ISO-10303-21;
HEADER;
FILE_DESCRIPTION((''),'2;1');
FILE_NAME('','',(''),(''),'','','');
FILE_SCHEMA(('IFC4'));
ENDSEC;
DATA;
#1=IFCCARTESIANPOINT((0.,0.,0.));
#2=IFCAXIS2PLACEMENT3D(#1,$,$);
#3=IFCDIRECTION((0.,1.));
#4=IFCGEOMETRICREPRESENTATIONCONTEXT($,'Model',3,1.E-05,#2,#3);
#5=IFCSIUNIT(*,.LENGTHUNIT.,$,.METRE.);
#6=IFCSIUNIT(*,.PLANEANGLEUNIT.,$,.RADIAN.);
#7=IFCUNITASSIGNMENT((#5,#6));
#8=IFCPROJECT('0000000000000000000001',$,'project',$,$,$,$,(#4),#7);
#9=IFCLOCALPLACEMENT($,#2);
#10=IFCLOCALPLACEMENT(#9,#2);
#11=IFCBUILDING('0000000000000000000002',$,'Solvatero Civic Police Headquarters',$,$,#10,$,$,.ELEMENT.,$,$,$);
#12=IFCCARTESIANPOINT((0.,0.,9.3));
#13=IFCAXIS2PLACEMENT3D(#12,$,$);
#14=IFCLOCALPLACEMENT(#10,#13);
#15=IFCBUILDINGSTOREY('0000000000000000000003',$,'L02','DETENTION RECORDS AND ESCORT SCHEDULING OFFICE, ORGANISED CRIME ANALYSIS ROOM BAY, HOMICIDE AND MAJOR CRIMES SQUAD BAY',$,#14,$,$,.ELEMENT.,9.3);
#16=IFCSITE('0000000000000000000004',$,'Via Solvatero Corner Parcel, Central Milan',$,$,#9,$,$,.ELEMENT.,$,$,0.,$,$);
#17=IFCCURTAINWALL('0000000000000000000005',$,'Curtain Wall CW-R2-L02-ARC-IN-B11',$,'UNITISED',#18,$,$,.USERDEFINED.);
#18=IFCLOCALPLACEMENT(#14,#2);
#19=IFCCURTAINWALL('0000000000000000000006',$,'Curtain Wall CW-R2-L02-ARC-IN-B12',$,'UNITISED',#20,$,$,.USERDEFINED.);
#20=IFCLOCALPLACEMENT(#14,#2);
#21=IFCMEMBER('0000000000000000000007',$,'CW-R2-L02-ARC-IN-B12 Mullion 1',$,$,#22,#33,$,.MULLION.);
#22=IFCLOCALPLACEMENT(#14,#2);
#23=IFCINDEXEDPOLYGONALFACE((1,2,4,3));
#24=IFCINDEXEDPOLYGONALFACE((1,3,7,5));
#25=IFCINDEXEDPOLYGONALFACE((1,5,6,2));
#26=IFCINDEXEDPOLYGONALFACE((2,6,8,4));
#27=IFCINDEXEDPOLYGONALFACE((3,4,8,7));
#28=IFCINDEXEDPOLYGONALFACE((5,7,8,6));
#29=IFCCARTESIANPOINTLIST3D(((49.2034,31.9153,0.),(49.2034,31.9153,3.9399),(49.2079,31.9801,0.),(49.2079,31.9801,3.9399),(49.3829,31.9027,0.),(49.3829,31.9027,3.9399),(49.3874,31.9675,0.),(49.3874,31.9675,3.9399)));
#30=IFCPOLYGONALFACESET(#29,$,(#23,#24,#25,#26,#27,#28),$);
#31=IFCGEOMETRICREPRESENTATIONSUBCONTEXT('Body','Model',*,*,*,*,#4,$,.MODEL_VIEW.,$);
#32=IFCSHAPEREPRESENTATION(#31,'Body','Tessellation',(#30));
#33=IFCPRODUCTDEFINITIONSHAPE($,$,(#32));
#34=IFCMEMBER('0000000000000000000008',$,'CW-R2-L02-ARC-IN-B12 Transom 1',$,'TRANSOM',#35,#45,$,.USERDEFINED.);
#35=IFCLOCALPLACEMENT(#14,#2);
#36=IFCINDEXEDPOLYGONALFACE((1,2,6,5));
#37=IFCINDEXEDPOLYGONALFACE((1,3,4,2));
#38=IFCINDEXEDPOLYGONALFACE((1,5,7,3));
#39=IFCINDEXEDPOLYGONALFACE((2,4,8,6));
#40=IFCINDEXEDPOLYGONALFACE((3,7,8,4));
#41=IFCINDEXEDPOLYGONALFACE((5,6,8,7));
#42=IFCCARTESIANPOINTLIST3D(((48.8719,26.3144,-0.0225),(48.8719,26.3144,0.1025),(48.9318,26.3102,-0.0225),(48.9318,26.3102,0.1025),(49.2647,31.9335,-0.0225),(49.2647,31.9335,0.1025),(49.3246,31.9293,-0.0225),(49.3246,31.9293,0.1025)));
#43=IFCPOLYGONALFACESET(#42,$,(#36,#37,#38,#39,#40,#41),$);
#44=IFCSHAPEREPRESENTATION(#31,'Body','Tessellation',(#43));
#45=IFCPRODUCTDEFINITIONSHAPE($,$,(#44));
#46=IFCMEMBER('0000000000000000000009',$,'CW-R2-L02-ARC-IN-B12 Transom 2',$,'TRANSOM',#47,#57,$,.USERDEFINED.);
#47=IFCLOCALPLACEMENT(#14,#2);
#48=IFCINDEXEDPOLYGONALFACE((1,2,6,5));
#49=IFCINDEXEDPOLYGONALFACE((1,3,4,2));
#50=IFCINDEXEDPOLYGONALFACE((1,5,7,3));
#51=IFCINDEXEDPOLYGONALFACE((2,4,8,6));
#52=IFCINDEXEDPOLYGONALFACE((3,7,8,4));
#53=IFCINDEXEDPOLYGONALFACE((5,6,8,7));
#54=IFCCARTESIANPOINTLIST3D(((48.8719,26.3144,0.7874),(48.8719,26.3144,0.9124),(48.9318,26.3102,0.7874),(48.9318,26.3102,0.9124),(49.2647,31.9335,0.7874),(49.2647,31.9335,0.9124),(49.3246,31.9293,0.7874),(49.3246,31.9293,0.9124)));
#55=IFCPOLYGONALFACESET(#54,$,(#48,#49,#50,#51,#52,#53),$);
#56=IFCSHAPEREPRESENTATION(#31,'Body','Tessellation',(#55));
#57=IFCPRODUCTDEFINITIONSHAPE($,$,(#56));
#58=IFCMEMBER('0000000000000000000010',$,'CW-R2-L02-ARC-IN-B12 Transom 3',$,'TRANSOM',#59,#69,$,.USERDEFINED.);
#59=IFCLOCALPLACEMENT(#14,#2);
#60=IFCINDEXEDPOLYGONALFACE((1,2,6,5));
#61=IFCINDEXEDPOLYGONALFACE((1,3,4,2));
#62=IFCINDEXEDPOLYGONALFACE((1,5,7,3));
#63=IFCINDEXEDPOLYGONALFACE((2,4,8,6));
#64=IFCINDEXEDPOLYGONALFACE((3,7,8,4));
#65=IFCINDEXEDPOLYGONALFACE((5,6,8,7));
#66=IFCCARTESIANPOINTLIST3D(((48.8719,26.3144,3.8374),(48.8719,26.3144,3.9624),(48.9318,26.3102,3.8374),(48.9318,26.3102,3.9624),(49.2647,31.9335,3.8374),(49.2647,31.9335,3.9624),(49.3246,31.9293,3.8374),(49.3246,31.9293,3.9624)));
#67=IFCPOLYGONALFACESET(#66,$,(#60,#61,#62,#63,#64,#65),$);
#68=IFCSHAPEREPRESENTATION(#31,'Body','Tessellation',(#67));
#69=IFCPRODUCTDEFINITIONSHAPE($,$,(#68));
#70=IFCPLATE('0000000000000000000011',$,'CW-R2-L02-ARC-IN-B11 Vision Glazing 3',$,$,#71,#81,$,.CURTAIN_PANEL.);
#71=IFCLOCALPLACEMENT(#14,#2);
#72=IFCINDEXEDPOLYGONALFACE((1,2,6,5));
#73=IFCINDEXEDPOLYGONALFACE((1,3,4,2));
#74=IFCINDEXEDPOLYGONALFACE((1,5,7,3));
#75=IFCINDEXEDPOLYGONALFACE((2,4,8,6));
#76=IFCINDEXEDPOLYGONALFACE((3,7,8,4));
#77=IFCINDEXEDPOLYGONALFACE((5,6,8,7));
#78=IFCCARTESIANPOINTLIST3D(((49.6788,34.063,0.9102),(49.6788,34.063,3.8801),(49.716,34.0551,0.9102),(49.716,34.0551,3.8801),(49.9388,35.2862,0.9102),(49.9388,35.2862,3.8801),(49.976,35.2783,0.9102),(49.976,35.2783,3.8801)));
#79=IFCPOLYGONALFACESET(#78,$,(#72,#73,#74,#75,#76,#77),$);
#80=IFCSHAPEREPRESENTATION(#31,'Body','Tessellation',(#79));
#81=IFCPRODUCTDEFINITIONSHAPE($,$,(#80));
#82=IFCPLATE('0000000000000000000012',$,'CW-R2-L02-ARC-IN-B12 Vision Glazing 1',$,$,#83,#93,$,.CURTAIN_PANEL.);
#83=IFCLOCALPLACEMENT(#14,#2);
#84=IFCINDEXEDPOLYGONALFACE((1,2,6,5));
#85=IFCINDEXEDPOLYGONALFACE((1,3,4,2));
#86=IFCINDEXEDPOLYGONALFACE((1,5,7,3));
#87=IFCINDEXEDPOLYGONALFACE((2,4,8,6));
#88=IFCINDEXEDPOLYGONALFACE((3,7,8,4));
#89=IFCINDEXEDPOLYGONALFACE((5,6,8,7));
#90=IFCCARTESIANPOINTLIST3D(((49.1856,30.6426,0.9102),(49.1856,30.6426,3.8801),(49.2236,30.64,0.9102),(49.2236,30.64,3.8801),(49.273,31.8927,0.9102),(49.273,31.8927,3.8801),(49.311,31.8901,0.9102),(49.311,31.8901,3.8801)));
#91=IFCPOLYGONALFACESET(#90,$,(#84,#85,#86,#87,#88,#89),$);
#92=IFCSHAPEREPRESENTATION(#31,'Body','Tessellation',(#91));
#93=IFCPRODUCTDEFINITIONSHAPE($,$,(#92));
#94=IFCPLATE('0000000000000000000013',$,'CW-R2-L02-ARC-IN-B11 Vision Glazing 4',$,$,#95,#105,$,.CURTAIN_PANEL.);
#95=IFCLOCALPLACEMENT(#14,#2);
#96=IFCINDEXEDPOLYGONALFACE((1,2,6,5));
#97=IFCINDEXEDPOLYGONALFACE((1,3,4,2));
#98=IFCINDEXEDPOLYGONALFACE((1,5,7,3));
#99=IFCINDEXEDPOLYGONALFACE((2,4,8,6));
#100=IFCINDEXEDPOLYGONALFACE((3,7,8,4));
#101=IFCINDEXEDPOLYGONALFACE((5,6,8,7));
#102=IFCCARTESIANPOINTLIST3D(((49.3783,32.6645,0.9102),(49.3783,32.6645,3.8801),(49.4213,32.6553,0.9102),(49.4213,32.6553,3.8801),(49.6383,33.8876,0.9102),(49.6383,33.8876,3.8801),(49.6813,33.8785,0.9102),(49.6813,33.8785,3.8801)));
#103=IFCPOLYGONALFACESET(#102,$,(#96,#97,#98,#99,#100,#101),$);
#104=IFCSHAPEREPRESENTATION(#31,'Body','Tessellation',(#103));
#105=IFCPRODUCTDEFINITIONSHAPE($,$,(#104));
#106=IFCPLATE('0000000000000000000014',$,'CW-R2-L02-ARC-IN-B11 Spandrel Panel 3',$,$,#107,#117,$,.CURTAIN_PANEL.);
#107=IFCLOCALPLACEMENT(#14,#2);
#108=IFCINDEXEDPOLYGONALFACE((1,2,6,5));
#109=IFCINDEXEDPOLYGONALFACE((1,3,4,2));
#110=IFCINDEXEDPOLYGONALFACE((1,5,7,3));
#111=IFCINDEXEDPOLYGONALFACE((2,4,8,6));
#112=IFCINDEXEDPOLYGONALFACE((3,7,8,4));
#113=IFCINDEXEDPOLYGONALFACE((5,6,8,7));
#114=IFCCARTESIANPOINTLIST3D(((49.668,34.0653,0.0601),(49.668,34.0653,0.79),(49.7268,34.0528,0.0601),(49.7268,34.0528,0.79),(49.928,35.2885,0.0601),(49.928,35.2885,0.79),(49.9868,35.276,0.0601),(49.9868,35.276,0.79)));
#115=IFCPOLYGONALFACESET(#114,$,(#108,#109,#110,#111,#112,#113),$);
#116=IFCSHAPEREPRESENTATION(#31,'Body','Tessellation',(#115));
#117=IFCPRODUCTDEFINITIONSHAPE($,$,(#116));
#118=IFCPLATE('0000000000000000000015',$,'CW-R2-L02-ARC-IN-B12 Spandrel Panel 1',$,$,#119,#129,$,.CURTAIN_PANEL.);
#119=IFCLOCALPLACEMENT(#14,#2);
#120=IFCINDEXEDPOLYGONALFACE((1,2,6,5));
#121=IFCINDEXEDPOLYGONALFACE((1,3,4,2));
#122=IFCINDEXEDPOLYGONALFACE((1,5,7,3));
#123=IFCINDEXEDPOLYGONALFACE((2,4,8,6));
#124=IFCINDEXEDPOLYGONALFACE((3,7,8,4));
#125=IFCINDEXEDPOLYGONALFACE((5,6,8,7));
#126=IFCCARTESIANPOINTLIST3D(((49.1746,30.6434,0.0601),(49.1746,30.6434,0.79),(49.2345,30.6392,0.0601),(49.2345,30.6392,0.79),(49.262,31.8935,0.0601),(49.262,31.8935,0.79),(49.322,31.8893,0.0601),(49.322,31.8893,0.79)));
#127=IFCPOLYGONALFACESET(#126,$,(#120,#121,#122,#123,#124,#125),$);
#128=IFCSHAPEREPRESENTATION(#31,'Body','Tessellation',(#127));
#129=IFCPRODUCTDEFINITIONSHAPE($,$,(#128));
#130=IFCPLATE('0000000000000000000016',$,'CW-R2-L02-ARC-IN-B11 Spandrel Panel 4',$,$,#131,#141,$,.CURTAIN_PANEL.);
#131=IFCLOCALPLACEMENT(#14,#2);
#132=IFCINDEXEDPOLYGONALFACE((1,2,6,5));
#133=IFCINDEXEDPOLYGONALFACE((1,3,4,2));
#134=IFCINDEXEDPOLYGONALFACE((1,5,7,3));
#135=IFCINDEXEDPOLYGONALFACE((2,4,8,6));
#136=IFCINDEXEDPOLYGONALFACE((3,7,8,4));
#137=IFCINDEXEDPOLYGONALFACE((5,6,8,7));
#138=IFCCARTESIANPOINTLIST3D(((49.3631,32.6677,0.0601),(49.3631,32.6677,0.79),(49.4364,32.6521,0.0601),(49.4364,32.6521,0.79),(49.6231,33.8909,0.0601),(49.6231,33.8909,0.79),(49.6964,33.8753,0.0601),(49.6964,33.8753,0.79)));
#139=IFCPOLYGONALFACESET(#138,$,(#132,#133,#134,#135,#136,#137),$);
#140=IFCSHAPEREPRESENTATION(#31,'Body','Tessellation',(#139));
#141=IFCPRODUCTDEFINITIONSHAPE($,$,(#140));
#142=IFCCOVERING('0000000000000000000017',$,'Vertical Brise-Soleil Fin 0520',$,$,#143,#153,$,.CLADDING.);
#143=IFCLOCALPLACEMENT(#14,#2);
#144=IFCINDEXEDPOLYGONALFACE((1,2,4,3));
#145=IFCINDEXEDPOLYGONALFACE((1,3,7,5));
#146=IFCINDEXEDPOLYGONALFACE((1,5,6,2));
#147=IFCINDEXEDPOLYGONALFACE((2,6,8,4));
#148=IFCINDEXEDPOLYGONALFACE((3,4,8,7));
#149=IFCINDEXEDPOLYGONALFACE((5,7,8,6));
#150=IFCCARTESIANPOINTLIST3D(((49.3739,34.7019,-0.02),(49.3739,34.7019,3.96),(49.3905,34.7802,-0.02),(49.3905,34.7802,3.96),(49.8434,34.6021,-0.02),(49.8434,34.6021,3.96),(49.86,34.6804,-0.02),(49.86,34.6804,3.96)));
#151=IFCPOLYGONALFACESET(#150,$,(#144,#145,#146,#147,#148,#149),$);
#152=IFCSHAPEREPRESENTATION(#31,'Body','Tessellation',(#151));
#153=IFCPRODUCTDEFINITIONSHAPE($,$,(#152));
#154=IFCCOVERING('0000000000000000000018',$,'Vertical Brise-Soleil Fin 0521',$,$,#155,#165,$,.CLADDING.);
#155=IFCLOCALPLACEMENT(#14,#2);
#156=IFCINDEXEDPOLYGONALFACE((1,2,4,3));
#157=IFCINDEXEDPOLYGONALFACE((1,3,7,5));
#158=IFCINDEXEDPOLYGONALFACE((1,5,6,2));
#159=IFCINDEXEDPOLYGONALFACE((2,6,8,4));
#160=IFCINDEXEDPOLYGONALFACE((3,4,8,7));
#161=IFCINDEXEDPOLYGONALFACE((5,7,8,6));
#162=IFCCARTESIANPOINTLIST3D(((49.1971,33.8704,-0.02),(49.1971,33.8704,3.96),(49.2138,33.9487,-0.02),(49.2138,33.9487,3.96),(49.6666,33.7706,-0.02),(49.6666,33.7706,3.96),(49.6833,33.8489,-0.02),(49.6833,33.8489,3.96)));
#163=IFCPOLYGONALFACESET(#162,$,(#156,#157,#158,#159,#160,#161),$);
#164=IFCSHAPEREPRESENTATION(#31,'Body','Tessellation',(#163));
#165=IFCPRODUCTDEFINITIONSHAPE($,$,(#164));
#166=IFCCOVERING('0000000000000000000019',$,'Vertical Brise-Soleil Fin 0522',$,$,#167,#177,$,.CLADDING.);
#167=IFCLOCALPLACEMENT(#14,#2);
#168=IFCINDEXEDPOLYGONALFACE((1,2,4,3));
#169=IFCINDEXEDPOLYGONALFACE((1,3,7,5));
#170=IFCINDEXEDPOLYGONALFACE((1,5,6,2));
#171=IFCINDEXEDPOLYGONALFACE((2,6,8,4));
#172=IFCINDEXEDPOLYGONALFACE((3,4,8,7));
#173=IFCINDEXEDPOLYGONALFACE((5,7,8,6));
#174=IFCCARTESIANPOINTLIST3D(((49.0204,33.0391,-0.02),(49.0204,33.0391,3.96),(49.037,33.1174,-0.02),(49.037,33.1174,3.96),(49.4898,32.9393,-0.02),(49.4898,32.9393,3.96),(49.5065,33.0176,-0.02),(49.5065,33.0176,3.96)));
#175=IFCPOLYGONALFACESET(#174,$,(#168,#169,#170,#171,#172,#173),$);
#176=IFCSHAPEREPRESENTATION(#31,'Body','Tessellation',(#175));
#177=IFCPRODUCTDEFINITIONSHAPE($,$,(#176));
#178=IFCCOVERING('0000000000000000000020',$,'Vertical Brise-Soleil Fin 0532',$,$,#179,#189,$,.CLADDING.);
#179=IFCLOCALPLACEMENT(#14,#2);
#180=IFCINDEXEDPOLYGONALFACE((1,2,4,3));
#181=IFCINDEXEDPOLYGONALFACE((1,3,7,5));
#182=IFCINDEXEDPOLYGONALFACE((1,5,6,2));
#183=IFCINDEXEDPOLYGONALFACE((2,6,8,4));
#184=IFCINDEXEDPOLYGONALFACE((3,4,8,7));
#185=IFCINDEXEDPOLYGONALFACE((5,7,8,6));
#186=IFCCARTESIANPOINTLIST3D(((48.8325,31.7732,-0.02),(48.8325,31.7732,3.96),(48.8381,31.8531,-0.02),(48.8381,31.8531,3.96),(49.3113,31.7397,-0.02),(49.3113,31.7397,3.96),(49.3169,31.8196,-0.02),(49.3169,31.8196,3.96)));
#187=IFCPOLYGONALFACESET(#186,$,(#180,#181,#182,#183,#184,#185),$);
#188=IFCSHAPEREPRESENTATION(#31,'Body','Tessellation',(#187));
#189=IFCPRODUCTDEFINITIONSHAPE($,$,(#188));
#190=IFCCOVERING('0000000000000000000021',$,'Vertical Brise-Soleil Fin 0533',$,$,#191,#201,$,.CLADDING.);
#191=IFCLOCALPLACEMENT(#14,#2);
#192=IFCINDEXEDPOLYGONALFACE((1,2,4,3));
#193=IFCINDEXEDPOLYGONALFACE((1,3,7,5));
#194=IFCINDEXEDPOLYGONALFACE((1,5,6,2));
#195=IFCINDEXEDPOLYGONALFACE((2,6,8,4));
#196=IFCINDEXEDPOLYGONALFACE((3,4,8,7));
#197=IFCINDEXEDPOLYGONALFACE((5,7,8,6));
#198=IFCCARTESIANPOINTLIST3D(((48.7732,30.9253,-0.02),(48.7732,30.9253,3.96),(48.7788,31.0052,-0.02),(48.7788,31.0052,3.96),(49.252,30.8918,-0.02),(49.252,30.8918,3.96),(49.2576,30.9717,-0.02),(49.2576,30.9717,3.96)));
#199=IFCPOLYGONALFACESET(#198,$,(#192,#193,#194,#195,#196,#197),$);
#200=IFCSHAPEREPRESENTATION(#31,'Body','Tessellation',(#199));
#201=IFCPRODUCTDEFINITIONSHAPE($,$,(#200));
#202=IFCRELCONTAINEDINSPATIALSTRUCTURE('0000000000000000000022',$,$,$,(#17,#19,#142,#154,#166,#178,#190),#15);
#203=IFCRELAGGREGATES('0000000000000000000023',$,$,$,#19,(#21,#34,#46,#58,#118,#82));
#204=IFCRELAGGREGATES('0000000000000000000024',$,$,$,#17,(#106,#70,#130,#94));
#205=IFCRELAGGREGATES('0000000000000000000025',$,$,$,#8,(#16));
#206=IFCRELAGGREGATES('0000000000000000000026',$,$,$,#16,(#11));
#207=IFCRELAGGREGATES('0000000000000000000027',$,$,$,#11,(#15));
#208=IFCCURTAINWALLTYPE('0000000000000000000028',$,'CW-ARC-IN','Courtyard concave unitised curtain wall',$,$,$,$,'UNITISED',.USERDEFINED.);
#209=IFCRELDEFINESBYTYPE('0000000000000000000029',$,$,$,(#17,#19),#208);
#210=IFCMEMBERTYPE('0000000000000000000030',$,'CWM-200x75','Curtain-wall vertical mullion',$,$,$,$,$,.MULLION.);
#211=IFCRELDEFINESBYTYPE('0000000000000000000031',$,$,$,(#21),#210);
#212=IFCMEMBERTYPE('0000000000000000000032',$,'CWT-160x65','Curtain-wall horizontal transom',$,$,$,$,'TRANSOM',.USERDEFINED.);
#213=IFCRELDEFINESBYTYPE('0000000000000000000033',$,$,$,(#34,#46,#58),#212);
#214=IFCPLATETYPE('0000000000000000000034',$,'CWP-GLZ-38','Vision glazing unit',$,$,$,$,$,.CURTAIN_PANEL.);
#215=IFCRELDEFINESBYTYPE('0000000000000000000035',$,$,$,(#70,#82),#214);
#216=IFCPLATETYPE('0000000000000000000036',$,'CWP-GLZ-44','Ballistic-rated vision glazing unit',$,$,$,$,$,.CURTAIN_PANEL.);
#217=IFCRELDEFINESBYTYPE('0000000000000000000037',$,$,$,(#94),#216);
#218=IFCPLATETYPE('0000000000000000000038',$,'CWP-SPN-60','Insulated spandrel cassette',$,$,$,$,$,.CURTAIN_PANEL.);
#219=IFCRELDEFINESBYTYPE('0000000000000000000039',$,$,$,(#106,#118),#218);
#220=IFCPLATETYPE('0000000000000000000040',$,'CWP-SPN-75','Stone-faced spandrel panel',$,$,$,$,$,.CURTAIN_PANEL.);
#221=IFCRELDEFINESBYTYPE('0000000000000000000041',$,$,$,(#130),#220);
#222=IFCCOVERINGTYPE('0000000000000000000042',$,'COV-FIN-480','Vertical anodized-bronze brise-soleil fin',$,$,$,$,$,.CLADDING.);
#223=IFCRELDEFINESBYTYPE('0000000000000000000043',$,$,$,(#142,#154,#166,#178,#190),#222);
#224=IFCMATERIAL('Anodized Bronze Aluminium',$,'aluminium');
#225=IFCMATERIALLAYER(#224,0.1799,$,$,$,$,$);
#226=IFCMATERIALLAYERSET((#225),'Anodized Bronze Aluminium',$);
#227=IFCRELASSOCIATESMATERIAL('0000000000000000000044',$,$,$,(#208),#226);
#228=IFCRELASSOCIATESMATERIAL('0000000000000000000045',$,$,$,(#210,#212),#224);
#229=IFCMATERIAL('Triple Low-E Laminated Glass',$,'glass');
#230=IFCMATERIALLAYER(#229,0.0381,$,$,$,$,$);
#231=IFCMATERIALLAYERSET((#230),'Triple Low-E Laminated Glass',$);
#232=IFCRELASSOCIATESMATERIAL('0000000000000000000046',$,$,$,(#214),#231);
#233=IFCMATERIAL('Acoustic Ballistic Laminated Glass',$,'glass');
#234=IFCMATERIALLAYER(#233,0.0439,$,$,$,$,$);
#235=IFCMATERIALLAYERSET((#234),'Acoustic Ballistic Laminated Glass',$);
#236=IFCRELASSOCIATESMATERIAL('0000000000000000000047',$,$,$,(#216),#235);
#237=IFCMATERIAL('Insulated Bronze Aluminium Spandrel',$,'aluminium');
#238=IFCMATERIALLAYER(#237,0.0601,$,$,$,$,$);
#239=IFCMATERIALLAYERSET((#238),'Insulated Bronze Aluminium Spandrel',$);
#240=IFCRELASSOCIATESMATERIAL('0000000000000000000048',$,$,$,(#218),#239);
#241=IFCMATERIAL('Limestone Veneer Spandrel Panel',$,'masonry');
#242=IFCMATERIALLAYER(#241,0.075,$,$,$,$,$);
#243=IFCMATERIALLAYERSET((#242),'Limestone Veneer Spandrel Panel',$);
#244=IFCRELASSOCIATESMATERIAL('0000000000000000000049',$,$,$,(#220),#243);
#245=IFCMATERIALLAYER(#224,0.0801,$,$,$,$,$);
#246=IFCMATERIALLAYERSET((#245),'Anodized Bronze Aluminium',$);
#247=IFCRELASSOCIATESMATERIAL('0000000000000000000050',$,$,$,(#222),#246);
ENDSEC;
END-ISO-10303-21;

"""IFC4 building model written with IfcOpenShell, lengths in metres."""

from ifc_helpers import new_model, si_unit, direction, frame, origin, origin_2d, place, context, subcontext, project, spatial, rectangle, extrude, material, layer, layer_set, material_profile, profile_set, type_object, element, aggregate, save


model = new_model("IFC4")

# Units and contexts
model_context = context("Model", 3, precision=1e-05, world=origin(), true_north=direction((0.0, 1.0)))
body_context = subcontext(model_context, "Body", "Model", "MODEL_VIEW")
ifc_project = project(units=[si_unit("LENGTHUNIT", "METRE"), si_unit("PLANEANGLEUNIT", "RADIAN")], contexts=[model_context])

# Site, building, storey
site_placement = place(None, origin())
site = spatial("IfcSite", under=ifc_project, at=site_placement, Name="Via Solvatero Corner Parcel, Central Milan", CompositionType="ELEMENT", RefElevation=0.0)
building_placement = place(site_placement, origin())
building = spatial("IfcBuilding", under=site, at=building_placement, Name="Solvatero Civic Police Headquarters", CompositionType="ELEMENT")
storey_placement = place(building_placement, frame((0.0, 0.0, 9.3)))
storey = spatial("IfcBuildingStorey", under=building, at=storey_placement, Name="L02", Description="DETENTION RECORDS AND ESCORT SCHEDULING OFFICE, ORGANISED CRIME ANALYSIS ROOM BAY, HOMICIDE AND MAJOR CRIMES SQUAD BAY", CompositionType="ELEMENT", Elevation=9.3)

# Curtain walls, members
ifc_material_1 = material(Name="Anodized Bronze Aluminium", Category="aluminium")
ifc_layer_1 = layer(ifc_material_1, 0.1799)
ifc_layer_set_1 = layer_set([ifc_layer_1], Name="Anodized Bronze Aluminium")
curtain_wall_type = type_object("IfcCurtainWallType", Name="CW-ARC-IN", Description="Courtyard concave unitised curtain wall", ElementType="UNITISED", PredefinedType="USERDEFINED", material=ifc_layer_set_1)
curtain_wall_1_placement = place(storey_placement, origin())
curtain_wall_1 = element("IfcCurtainWall", 1, at=curtain_wall_1_placement, inside=storey, type_object=curtain_wall_type, Name="Curtain Wall CW-R2-L02-ARC-IN-B11", ObjectType="UNITISED", PredefinedType="USERDEFINED")
curtain_wall_2_placement = place(storey_placement, origin())
curtain_wall_2 = element("IfcCurtainWall", 2, at=curtain_wall_2_placement, inside=storey, type_object=curtain_wall_type, Name="Curtain Wall CW-R2-L02-ARC-IN-B12", ObjectType="UNITISED", PredefinedType="USERDEFINED")
ifc_material_profile_1 = material_profile(ifc_material_1, rectangle(XDim=0.0649, YDim=0.1799, at=origin_2d()), Name="ALU MULLION 65x180")
ifc_profile_set_1 = profile_set([ifc_material_profile_1], Name="Anodized Bronze Aluminium")
member_type_1 = type_object("IfcMemberType", Name="CWM-200x75", Description="Curtain-wall vertical mullion", PredefinedType="MULLION", material=ifc_profile_set_1)
member_1_placement = place(storey_placement, frame((49.2954, 31.9414, 0.0), z_axis=(0.0, 0.0, 1.0), x_axis=(-0.069756, -0.997564, 0.0)))
member_1 = element("IfcMember", 3, at=member_1_placement, type_object=member_type_1, Name="CW-R2-L02-ARC-IN-B12 Mullion 1", PredefinedType="MULLION", context=body_context, shape_type="SweptSolid", body=[
    extrude(rectangle(XDim=0.0649, YDim=0.1799, at=origin_2d()), origin(), (0.0, 0.0, 1.0), 3.9399),
])
ifc_material_profile_2 = material_profile(ifc_material_1, rectangle(XDim=0.0601, YDim=0.125, at=origin_2d()), Name="ALU TRANSOM 60x125")
ifc_profile_set_2 = profile_set([ifc_material_profile_2], Name="Anodized Bronze Aluminium")
member_type_2 = type_object("IfcMemberType", Name="CWT-160x65", Description="Curtain-wall horizontal transom", ElementType="TRANSOM", PredefinedType="USERDEFINED", material=ifc_profile_set_2)
member_2_placement = place(storey_placement, frame((49.2947, 31.9314, 0.04), z_axis=(-0.069738, -0.997565, 0.0), x_axis=(0.997565, -0.069738, 0.0)))
member_2 = element("IfcMember", 4, at=member_2_placement, type_object=member_type_2, Name="CW-R2-L02-ARC-IN-B12 Transom 1", ObjectType="TRANSOM", PredefinedType="USERDEFINED", context=body_context, shape_type="SweptSolid", body=[
    extrude(rectangle(XDim=0.0601, YDim=0.125, at=origin_2d()), origin(), (0.0, 0.0, 1.0), 5.6328),
])
member_3_placement = place(storey_placement, frame((49.2947, 31.9314, 0.8499), z_axis=(-0.069738, -0.997565, 0.0), x_axis=(0.997565, -0.069738, 0.0)))
member_3 = element("IfcMember", 5, at=member_3_placement, type_object=member_type_2, Name="CW-R2-L02-ARC-IN-B12 Transom 2", ObjectType="TRANSOM", PredefinedType="USERDEFINED", context=body_context, shape_type="SweptSolid", body=[
    extrude(rectangle(XDim=0.0601, YDim=0.125, at=origin_2d()), origin(), (0.0, 0.0, 1.0), 5.6328),
])
member_4_placement = place(storey_placement, frame((49.2947, 31.9314, 3.8999), z_axis=(-0.069738, -0.997565, 0.0), x_axis=(0.997565, -0.069738, 0.0)))
member_4 = element("IfcMember", 6, at=member_4_placement, type_object=member_type_2, Name="CW-R2-L02-ARC-IN-B12 Transom 3", ObjectType="TRANSOM", PredefinedType="USERDEFINED", context=body_context, shape_type="SweptSolid", body=[
    extrude(rectangle(XDim=0.0601, YDim=0.125, at=origin_2d()), origin(), (0.0, 0.0, 1.0), 5.6328),
])

# Plates
ifc_material_2 = material(Name="Triple Low-E Laminated Glass", Category="glass")
ifc_layer_2 = layer(ifc_material_2, 0.0381)
ifc_layer_set_2 = layer_set([ifc_layer_2], Name="Triple Low-E Laminated Glass")
plate_type_1 = type_object("IfcPlateType", Name="CWP-GLZ-38", Description="Vision glazing unit", PredefinedType="CURTAIN_PANEL", material=ifc_layer_set_2)
plate_1_placement = place(storey_placement, frame((49.8274, 34.6707, 0.9102), z_axis=(0.0, 0.0, 1.0), x_axis=(-0.207912, -0.978148, 0.0)))
plate_1 = element("IfcPlate", 7, at=plate_1_placement, type_object=plate_type_1, Name="CW-R2-L02-ARC-IN-B11 Vision Glazing 3", PredefinedType="CURTAIN_PANEL", context=body_context, shape_type="SweptSolid", body=[
    extrude(rectangle(XDim=1.2505, YDim=0.0381, at=origin_2d()), origin(), (0.0, 0.0, 1.0), 2.97),
])
plate_2_placement = place(storey_placement, frame((49.2483, 31.2664, 0.9102), z_axis=(0.0, 0.0, 1.0), x_axis=(-0.069756, -0.997564, 0.0)))
plate_2 = element("IfcPlate", 8, at=plate_2_placement, type_object=plate_type_1, Name="CW-R2-L02-ARC-IN-B12 Vision Glazing 1", PredefinedType="CURTAIN_PANEL", context=body_context, shape_type="SweptSolid", body=[
    extrude(rectangle(XDim=1.2532, YDim=0.0381, at=origin_2d()), origin(), (0.0, 0.0, 1.0), 2.97),
])
ifc_material_3 = material(Name="Acoustic Ballistic Laminated Glass", Category="glass")
ifc_layer_3 = layer(ifc_material_3, 0.0439)
ifc_layer_set_3 = layer_set([ifc_layer_3], Name="Acoustic Ballistic Laminated Glass")
plate_type_2 = type_object("IfcPlateType", Name="CWP-GLZ-44", Description="Ballistic-rated vision glazing unit", PredefinedType="CURTAIN_PANEL", material=ifc_layer_set_3)
plate_3_placement = place(storey_placement, frame((49.5298, 33.2715, 0.9102), z_axis=(0.0, 0.0, 1.0), x_axis=(-0.207912, -0.978148, 0.0)))
plate_3 = element("IfcPlate", 9, at=plate_3_placement, type_object=plate_type_2, Name="CW-R2-L02-ARC-IN-B11 Vision Glazing 4", PredefinedType="CURTAIN_PANEL", context=body_context, shape_type="SweptSolid", body=[
    extrude(rectangle(XDim=1.2505, YDim=0.0439, at=origin_2d()), origin(), (0.0, 0.0, 1.0), 2.97),
])
ifc_material_4 = material(Name="Insulated Bronze Aluminium Spandrel", Category="aluminium")
ifc_layer_4 = layer(ifc_material_4, 0.0601)
ifc_layer_set_4 = layer_set([ifc_layer_4], Name="Insulated Bronze Aluminium Spandrel")
plate_type_3 = type_object("IfcPlateType", Name="CWP-SPN-60", Description="Insulated spandrel cassette", PredefinedType="CURTAIN_PANEL", material=ifc_layer_set_4)
plate_4_placement = place(storey_placement, frame((49.8274, 34.6707, 0.0601), z_axis=(0.0, 0.0, 1.0), x_axis=(-0.207912, -0.978148, 0.0)))
plate_4 = element("IfcPlate", 10, at=plate_4_placement, type_object=plate_type_3, Name="CW-R2-L02-ARC-IN-B11 Spandrel Panel 3", PredefinedType="CURTAIN_PANEL", context=body_context, shape_type="SweptSolid", body=[
    extrude(rectangle(XDim=1.2505, YDim=0.0601, at=origin_2d()), origin(), (0.0, 0.0, 1.0), 0.73),
])
plate_5_placement = place(storey_placement, frame((49.2483, 31.2664, 0.0601), z_axis=(0.0, 0.0, 1.0), x_axis=(-0.069756, -0.997564, 0.0)))
plate_5 = element("IfcPlate", 11, at=plate_5_placement, type_object=plate_type_3, Name="CW-R2-L02-ARC-IN-B12 Spandrel Panel 1", PredefinedType="CURTAIN_PANEL", context=body_context, shape_type="SweptSolid", body=[
    extrude(rectangle(XDim=1.2532, YDim=0.0601, at=origin_2d()), origin(), (0.0, 0.0, 1.0), 0.73),
])
aggregate(curtain_wall_2, [member_1, member_2, member_3, member_4, plate_5, plate_2])
ifc_material_5 = material(Name="Limestone Veneer Spandrel Panel", Category="masonry")
ifc_layer_5 = layer(ifc_material_5, 0.075)
ifc_layer_set_5 = layer_set([ifc_layer_5], Name="Limestone Veneer Spandrel Panel")
plate_type_4 = type_object("IfcPlateType", Name="CWP-SPN-75", Description="Stone-faced spandrel panel", PredefinedType="CURTAIN_PANEL", material=ifc_layer_set_5)
plate_6_placement = place(storey_placement, frame((49.5298, 33.2715, 0.0601), z_axis=(0.0, 0.0, 1.0), x_axis=(-0.207912, -0.978148, 0.0)))
plate_6 = element("IfcPlate", 12, at=plate_6_placement, type_object=plate_type_4, Name="CW-R2-L02-ARC-IN-B11 Spandrel Panel 4", PredefinedType="CURTAIN_PANEL", context=body_context, shape_type="SweptSolid", body=[
    extrude(rectangle(XDim=1.2505, YDim=0.075, at=origin_2d()), origin(), (0.0, 0.0, 1.0), 0.73),
])
aggregate(curtain_wall_1, [plate_4, plate_1, plate_6, plate_3])

# Coverings
ifc_layer_6 = layer(ifc_material_1, 0.0801)
ifc_layer_set_6 = layer_set([ifc_layer_6], Name="Anodized Bronze Aluminium")
covering_type = type_object("IfcCoveringType", Name="COV-FIN-480", Description="Vertical anodized-bronze brise-soleil fin", PredefinedType="CLADDING", material=ifc_layer_set_6)
for number, where, z_axis, x_axis, name in (
    (13, (49.6169, 34.6912, -0.02), (0.0, 0.0, 1.0), (-0.207912, -0.978148, 0.0), "Vertical Brise-Soleil Fin 0520"),
    (14, (49.4402, 33.8596, -0.02), (0.0, 0.0, 1.0), (-0.207912, -0.978148, 0.0), "Vertical Brise-Soleil Fin 0521"),
    (15, (49.2634, 33.0283, -0.02), (0.0, 0.0, 1.0), (-0.207912, -0.978148, 0.0), "Vertical Brise-Soleil Fin 0522"),
    (16, (49.0747, 31.7964, -0.02), (0.0, 0.0, 1.0), (-0.069756, -0.997564, 0.0), "Vertical Brise-Soleil Fin 0532"),
    (17, (49.0154, 30.9485, -0.02), (0.0, 0.0, 1.0), (-0.069756, -0.997564, 0.0), "Vertical Brise-Soleil Fin 0533"),
):
    element("IfcCovering", number, at=place(storey_placement, frame(where, z_axis=z_axis, x_axis=x_axis)), inside=storey, type_object=covering_type, Name=name, PredefinedType="CLADDING", context=body_context, shape_type="SweptSolid", body=[
        extrude(rectangle(XDim=0.0801, YDim=0.48, at=origin_2d()), origin(), (0.0, 0.0, 1.0), 3.98),
    ])

save(model, "model.ifc")
